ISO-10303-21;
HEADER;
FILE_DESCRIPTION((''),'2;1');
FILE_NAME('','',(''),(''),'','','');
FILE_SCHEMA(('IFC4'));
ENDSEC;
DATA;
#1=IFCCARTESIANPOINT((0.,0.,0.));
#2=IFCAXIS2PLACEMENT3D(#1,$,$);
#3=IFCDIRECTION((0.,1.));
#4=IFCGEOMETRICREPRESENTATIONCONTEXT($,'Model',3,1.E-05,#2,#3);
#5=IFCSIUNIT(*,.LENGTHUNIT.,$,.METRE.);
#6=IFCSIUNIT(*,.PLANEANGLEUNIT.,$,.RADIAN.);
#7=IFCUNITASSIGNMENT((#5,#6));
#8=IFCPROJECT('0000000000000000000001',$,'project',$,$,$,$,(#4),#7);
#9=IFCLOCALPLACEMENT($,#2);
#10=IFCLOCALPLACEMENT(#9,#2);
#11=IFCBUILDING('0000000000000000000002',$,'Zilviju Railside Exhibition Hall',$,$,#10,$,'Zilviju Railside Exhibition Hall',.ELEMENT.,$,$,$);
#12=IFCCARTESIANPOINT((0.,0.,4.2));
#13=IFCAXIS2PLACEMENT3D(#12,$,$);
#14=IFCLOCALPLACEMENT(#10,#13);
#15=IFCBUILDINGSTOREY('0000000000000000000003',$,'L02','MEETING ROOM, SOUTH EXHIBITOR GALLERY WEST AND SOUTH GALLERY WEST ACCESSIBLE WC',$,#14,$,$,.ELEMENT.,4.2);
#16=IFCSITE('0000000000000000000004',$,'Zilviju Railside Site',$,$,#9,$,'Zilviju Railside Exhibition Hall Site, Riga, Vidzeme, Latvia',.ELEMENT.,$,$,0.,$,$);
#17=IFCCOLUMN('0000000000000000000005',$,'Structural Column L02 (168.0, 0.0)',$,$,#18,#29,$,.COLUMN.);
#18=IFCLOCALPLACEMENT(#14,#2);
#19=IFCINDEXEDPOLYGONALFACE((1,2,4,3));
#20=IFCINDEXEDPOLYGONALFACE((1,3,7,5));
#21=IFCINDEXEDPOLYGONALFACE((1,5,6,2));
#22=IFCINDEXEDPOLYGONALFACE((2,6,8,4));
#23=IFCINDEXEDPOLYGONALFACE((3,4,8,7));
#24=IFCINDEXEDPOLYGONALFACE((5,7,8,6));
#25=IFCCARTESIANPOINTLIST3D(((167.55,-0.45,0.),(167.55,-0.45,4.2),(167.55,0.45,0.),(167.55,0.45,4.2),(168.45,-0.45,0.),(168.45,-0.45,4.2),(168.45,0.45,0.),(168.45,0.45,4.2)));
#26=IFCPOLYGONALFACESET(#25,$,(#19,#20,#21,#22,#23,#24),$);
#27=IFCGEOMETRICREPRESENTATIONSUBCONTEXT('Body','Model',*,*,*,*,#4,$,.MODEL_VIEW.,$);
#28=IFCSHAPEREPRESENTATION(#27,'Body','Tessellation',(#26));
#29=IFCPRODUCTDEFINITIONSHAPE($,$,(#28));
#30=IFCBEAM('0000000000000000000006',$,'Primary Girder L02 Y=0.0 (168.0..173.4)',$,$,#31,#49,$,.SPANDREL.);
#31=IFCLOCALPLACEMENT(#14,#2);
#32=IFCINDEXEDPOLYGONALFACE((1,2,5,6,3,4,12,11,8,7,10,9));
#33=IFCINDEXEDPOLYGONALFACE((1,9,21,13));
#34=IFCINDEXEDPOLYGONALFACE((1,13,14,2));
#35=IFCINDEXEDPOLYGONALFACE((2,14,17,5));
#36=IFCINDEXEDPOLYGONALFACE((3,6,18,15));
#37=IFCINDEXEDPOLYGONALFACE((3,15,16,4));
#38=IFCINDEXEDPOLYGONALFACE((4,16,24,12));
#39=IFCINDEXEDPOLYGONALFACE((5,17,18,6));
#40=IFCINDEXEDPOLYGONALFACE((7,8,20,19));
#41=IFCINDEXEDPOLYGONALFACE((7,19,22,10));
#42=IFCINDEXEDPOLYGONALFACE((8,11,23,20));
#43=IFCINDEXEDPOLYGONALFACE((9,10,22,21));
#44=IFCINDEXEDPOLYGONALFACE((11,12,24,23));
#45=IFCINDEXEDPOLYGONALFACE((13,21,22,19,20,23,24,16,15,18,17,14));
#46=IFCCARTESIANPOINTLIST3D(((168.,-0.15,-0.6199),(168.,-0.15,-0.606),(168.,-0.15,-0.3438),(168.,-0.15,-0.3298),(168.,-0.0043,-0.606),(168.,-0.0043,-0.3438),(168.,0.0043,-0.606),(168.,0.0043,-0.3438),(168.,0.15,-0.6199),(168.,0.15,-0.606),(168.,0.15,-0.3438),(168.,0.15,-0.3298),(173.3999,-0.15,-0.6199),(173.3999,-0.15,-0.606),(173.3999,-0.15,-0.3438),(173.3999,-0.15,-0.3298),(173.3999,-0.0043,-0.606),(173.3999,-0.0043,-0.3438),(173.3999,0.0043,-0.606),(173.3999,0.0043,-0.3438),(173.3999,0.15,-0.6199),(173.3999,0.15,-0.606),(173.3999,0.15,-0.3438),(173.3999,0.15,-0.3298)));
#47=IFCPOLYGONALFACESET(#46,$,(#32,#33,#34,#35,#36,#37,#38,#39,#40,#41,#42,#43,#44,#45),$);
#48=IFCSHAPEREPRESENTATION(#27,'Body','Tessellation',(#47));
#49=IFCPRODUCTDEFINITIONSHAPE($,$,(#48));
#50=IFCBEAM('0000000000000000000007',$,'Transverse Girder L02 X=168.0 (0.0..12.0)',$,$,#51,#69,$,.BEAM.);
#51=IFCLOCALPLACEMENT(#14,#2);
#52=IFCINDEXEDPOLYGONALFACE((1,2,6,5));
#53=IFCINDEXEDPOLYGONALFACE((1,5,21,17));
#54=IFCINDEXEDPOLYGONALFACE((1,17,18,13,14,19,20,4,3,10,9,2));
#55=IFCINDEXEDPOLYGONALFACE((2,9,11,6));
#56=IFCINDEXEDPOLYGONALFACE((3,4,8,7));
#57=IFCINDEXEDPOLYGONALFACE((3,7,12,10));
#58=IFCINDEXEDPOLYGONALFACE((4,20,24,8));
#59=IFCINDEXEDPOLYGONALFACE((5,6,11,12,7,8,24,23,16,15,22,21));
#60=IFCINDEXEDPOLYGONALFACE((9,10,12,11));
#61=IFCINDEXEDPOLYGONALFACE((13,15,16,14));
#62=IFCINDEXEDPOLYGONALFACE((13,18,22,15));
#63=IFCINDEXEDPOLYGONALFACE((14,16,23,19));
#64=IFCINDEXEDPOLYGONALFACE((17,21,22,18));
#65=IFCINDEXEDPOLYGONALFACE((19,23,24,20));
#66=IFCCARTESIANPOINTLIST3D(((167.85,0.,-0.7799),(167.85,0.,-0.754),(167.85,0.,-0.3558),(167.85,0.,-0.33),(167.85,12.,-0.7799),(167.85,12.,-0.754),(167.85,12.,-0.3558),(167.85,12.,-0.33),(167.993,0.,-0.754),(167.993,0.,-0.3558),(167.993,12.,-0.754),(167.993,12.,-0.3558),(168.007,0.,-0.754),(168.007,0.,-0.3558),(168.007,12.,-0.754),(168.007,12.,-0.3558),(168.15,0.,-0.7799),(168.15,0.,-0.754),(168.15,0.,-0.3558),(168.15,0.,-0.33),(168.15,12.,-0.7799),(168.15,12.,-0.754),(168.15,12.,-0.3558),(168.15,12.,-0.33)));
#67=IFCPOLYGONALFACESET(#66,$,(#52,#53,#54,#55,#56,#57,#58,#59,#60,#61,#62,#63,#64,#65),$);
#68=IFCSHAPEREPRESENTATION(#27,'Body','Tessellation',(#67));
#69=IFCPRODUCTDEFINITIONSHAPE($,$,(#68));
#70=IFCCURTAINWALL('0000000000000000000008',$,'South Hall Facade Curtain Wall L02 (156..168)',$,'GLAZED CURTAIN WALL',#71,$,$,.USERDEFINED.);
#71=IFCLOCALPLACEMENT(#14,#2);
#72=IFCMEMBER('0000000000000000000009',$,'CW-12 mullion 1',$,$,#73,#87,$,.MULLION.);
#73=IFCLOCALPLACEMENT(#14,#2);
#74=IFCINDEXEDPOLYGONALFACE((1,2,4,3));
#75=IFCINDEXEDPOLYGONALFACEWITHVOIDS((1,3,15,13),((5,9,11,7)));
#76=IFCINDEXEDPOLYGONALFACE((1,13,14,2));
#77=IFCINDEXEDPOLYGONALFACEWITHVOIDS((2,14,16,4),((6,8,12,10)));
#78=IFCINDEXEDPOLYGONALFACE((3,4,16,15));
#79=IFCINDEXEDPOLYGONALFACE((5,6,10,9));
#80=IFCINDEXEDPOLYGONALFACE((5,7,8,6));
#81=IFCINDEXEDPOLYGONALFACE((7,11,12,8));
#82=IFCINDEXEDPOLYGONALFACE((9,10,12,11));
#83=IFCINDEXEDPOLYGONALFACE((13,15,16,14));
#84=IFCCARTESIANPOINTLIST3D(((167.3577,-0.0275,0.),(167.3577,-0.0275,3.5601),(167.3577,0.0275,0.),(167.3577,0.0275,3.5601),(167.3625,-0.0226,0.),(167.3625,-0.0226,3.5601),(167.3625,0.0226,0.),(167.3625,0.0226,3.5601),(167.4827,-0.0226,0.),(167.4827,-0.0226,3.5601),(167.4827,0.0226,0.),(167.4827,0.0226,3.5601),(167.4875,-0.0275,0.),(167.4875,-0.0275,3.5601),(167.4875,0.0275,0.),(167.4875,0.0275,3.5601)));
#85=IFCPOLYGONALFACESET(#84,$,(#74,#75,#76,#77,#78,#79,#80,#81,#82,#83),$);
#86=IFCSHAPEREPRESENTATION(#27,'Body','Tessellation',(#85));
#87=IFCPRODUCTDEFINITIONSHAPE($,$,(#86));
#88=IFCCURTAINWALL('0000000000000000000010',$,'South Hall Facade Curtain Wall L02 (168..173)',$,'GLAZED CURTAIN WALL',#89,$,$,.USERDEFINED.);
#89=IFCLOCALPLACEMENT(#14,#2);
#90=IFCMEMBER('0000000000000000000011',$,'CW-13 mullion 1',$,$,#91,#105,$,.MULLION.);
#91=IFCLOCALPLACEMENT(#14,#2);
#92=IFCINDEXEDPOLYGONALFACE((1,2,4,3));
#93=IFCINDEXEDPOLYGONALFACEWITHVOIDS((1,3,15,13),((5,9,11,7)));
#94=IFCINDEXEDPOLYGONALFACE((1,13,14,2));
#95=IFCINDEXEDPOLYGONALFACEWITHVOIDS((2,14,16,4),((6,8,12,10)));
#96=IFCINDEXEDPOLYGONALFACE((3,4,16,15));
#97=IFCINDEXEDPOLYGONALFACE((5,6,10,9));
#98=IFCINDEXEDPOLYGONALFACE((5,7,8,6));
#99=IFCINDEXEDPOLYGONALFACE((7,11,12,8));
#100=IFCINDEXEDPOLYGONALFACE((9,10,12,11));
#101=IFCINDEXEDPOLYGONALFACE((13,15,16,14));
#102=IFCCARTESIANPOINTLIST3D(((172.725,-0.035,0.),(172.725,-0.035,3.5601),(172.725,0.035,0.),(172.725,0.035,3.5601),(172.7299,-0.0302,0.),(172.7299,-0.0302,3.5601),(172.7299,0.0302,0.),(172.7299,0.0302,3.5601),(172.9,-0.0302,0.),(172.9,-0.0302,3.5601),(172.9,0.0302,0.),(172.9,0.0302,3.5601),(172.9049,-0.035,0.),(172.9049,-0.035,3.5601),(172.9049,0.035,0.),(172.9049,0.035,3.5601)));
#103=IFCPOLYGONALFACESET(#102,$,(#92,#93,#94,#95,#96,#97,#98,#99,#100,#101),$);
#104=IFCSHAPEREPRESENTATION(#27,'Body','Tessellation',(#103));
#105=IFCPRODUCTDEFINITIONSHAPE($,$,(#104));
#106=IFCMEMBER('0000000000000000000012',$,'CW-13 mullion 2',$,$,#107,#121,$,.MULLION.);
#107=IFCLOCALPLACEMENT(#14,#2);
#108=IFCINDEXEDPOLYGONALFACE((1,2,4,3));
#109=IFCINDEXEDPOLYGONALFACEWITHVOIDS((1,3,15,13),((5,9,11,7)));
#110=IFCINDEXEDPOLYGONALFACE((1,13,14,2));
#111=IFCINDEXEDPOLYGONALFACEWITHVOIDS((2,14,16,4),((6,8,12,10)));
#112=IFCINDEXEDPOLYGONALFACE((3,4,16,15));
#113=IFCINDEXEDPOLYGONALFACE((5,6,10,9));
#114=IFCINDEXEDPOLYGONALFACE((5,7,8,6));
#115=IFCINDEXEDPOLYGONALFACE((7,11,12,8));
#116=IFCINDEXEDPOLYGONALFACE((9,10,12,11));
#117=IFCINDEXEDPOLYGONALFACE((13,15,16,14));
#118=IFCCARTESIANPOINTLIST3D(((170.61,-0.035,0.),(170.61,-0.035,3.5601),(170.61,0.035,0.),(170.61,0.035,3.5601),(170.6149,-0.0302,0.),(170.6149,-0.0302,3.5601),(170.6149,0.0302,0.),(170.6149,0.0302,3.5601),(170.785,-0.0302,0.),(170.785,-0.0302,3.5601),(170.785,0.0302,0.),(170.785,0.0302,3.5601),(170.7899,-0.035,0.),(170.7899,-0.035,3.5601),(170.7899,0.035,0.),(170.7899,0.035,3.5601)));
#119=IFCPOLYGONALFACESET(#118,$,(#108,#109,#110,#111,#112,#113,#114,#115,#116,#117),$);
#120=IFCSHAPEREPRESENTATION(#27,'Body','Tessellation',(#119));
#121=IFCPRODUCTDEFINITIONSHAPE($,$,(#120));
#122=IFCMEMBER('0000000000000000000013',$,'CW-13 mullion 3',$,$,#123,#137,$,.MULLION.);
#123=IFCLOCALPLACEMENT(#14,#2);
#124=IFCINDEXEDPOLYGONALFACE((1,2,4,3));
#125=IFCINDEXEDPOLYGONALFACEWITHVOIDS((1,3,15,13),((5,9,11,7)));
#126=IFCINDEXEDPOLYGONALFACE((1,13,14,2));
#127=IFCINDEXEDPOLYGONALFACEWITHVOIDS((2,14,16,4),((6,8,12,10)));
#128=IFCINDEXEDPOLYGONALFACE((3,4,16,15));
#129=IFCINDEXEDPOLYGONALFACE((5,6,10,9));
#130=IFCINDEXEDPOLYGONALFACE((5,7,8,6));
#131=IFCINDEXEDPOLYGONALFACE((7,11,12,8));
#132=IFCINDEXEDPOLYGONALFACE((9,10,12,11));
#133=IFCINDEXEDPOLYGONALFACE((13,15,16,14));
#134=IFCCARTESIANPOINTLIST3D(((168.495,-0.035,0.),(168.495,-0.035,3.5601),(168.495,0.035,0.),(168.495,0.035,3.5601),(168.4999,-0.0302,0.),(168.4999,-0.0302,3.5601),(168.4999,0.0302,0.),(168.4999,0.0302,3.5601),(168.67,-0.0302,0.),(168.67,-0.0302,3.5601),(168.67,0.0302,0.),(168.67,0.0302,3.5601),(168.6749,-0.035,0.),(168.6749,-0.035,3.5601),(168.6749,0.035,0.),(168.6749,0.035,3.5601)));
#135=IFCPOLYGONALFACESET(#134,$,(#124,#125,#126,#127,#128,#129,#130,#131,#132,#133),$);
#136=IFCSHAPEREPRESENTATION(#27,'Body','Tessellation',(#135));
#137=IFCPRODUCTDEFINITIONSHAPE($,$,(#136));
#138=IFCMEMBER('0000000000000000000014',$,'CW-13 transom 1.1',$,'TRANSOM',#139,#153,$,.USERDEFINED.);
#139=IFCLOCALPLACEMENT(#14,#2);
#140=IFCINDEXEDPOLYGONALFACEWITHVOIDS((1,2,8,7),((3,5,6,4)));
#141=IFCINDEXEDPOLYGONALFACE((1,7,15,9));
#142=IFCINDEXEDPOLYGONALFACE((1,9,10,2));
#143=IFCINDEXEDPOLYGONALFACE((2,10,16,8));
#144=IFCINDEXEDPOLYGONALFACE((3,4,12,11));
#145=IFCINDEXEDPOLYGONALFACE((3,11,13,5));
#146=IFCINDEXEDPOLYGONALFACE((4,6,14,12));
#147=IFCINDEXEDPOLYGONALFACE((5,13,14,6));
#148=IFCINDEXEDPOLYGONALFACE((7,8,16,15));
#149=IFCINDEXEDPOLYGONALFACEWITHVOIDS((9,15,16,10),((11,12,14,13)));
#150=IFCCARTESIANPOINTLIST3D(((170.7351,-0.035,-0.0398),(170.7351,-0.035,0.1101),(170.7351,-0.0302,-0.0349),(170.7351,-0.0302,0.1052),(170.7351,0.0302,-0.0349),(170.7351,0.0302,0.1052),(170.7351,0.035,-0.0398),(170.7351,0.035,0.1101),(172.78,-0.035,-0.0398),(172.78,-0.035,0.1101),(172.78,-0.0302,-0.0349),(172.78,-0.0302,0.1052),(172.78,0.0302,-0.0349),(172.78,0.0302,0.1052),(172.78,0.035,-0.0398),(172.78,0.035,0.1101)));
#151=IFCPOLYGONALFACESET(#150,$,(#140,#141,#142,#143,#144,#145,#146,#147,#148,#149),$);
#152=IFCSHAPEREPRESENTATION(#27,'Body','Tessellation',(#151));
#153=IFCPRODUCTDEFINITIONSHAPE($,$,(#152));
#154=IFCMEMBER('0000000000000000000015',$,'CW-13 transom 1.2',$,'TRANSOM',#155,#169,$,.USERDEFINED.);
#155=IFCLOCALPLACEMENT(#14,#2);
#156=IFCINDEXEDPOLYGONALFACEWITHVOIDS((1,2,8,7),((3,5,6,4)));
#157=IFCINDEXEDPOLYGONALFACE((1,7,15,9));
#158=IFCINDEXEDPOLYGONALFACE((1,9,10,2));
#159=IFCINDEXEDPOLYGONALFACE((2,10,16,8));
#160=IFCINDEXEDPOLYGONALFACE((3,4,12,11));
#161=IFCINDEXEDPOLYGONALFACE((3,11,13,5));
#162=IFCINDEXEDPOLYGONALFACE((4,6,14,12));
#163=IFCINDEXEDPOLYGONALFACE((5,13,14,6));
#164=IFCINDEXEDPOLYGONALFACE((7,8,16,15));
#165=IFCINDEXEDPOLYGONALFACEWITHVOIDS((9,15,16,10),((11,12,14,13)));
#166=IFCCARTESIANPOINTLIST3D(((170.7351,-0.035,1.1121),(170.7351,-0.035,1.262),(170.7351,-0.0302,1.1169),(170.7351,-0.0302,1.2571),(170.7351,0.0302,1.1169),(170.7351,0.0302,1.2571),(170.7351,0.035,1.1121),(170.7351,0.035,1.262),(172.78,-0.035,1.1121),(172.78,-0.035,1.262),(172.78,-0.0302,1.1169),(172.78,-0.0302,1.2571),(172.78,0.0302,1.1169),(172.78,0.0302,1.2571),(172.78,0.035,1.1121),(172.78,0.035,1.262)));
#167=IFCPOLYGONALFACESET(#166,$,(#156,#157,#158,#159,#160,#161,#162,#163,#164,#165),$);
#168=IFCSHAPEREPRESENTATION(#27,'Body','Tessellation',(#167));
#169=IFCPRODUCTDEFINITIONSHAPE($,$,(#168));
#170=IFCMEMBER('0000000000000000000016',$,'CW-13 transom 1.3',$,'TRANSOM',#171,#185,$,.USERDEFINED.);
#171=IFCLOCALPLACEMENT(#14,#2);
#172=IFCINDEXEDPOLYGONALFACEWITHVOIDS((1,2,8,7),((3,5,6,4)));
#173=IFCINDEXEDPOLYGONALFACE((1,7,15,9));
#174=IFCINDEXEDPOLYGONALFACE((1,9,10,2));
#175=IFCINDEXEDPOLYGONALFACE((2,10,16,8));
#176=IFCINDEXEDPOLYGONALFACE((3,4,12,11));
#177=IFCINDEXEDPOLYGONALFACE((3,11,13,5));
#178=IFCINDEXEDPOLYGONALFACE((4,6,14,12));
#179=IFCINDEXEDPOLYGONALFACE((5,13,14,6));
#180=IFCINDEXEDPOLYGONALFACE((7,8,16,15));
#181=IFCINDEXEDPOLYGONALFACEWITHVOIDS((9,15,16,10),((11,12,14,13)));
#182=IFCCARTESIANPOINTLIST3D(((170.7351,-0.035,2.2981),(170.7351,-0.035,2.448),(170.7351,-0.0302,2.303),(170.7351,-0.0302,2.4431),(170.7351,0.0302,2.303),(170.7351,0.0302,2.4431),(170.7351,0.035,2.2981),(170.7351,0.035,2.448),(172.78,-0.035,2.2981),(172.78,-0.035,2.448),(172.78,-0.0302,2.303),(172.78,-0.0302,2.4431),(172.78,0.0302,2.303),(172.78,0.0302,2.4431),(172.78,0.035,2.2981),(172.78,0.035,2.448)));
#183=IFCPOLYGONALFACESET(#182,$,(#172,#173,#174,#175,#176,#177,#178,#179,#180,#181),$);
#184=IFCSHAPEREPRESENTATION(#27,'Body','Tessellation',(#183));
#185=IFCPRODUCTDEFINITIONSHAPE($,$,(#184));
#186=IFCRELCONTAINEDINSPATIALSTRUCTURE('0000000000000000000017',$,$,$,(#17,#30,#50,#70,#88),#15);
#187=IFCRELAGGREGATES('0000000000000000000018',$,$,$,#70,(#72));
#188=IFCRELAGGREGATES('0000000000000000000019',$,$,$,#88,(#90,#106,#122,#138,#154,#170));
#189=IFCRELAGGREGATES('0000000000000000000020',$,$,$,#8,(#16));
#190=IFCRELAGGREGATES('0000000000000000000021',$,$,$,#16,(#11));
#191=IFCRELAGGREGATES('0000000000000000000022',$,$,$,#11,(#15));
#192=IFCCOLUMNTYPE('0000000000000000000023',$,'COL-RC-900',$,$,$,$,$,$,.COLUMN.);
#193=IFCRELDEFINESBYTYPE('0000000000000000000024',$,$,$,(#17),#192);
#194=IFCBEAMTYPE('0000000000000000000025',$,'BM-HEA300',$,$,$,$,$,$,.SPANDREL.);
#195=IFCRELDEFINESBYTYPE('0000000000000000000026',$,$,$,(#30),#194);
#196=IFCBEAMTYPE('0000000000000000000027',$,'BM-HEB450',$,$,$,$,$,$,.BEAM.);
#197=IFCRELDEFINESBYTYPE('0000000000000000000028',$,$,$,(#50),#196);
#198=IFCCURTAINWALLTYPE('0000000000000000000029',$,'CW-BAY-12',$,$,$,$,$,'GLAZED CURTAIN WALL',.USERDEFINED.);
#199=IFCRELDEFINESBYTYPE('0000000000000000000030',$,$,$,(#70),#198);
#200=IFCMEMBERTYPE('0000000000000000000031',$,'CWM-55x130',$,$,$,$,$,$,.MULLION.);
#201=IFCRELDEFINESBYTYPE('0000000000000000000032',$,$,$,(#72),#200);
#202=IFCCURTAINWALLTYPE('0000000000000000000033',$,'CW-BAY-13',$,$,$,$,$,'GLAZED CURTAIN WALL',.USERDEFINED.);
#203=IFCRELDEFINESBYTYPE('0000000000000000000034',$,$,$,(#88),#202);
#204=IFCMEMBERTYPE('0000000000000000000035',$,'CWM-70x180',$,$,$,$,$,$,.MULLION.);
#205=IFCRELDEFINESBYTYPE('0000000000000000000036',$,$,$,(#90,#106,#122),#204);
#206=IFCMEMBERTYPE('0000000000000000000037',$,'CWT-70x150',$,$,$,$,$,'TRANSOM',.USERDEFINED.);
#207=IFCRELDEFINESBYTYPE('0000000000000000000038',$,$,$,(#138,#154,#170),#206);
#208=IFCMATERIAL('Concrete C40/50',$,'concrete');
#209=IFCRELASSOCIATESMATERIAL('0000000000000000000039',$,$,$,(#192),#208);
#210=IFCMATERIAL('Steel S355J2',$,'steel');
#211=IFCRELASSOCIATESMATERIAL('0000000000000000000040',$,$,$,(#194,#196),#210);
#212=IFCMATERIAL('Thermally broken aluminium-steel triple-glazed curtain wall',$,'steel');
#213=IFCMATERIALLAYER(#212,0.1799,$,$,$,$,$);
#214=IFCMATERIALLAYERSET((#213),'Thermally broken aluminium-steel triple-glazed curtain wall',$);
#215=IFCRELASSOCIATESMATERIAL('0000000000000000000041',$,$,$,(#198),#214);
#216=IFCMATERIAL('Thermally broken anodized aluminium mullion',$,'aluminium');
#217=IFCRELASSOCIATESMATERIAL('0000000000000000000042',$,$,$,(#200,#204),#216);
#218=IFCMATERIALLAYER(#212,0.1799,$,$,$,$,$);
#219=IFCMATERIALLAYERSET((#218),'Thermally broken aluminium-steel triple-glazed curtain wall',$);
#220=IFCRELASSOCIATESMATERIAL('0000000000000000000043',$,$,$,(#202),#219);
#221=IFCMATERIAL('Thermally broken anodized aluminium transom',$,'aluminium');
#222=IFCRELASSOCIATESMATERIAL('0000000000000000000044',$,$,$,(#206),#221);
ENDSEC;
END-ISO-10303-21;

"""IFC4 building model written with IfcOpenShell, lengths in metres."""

from ifc_helpers import new_model, si_unit, direction, frame, origin, origin_2d, place, context, subcontext, project, spatial, rectangle, hollow_rectangle, i_section, extrude, material, layer, layer_set, material_profile, profile_set, type_object, element, aggregate, save


model = new_model("IFC4")

# Units and contexts
model_context = context("Model", 3, precision=1e-05, world=origin(), true_north=direction((0.0, 1.0)))
body_context = subcontext(model_context, "Body", "Model", "MODEL_VIEW")
ifc_project = project(units=[si_unit("LENGTHUNIT", "METRE"), si_unit("PLANEANGLEUNIT", "RADIAN")], contexts=[model_context])

# Site, building, storey
site_placement = place(None, origin())
site = spatial("IfcSite", under=ifc_project, at=site_placement, Name="Zilviju Railside Site", LongName="Zilviju Railside Exhibition Hall Site, Riga, Vidzeme, Latvia", CompositionType="ELEMENT", RefElevation=0.0)
building_placement = place(site_placement, origin())
building = spatial("IfcBuilding", under=site, at=building_placement, Name="Zilviju Railside Exhibition Hall", LongName="Zilviju Railside Exhibition Hall", CompositionType="ELEMENT")
storey_placement = place(building_placement, frame((0.0, 0.0, 4.2)))
storey = spatial("IfcBuildingStorey", under=building, at=storey_placement, Name="L02", Description="MEETING ROOM, SOUTH EXHIBITOR GALLERY WEST AND SOUTH GALLERY WEST ACCESSIBLE WC", CompositionType="ELEMENT", Elevation=4.2)

# Column
ifc_material_1 = material(Name="Concrete C40/50", Category="concrete")
ifc_material_profile_1 = material_profile(ifc_material_1, rectangle(XDim=0.8999, YDim=0.8999, at=origin_2d()), Name="RC COL 900x900")
ifc_profile_set_1 = profile_set([ifc_material_profile_1], Name="Concrete C40/50")
column_type = type_object("IfcColumnType", Name="COL-RC-900", PredefinedType="COLUMN", material=ifc_profile_set_1)
column_placement = place(storey_placement, frame((168.0, 0.0, 0.0), z_axis=(0.0, 0.0, 1.0), x_axis=(1.0, 0.0, 0.0)))
element("IfcColumn", 1, at=column_placement, inside=storey, type_object=column_type, Name="Structural Column L02 (168.0, 0.0)", PredefinedType="COLUMN", context=body_context, shape_type="SweptSolid", body=[
    extrude(rectangle(XDim=0.8999, YDim=0.8999, at=origin_2d()), origin(), (0.0, 0.0, 1.0), 4.2),
])

# Beams
ifc_material_2 = material(Name="Steel S355J2", Category="steel")
ifc_material_profile_2 = material_profile(ifc_material_2, i_section(OverallWidth=0.3, OverallDepth=0.29, WebThickness=0.0085, FlangeThickness=0.0139, at=origin_2d()), Name="HEA 300")
ifc_profile_set_2 = profile_set([ifc_material_profile_2], Name="Steel S355J2")
beam_type_1 = type_object("IfcBeamType", Name="BM-HEA300", PredefinedType="SPANDREL", material=ifc_profile_set_2)
beam_1_placement = place(storey_placement, frame((168.0, 0.0, -0.4749), z_axis=(1.0, 0.0, 0.0), x_axis=(0.0, 1.0, 0.0)))
element("IfcBeam", 2, at=beam_1_placement, inside=storey, type_object=beam_type_1, Name="Primary Girder L02 Y=0.0 (168.0..173.4)", PredefinedType="SPANDREL", context=body_context, shape_type="SweptSolid", body=[
    extrude(i_section(OverallWidth=0.3, OverallDepth=0.29, WebThickness=0.0085, FlangeThickness=0.0139, at=origin_2d()), origin(), (0.0, 0.0, 1.0), 5.3999),
])
ifc_material_profile_3 = material_profile(ifc_material_2, i_section(OverallWidth=0.3, OverallDepth=0.45, WebThickness=0.0139, FlangeThickness=0.0259, at=origin_2d()), Name="HEB 450")
ifc_profile_set_3 = profile_set([ifc_material_profile_3], Name="Steel S355J2")
beam_type_2 = type_object("IfcBeamType", Name="BM-HEB450", PredefinedType="BEAM", material=ifc_profile_set_3)
beam_2_placement = place(storey_placement, frame((168.0, 0.0, -0.5549), z_axis=(0.0, 1.0, 0.0), x_axis=(-1.0, 0.0, 0.0)))
element("IfcBeam", 3, at=beam_2_placement, inside=storey, type_object=beam_type_2, Name="Transverse Girder L02 X=168.0 (0.0..12.0)", PredefinedType="BEAM", context=body_context, shape_type="SweptSolid", body=[
    extrude(i_section(OverallWidth=0.3, OverallDepth=0.45, WebThickness=0.0139, FlangeThickness=0.0259, at=origin_2d()), origin(), (0.0, 0.0, 1.0), 12.0),
])

# Curtain wall, member
ifc_material_3 = material(Name="Thermally broken aluminium-steel triple-glazed curtain wall", Category="steel")
ifc_layer_1 = layer(ifc_material_3, 0.1799)
ifc_layer_set_1 = layer_set([ifc_layer_1], Name="Thermally broken aluminium-steel triple-glazed curtain wall")
curtain_wall_type_1 = type_object("IfcCurtainWallType", Name="CW-BAY-12", ElementType="GLAZED CURTAIN WALL", PredefinedType="USERDEFINED", material=ifc_layer_set_1)
curtain_wall_1_placement = place(storey_placement, origin())
curtain_wall_1 = element("IfcCurtainWall", 4, at=curtain_wall_1_placement, inside=storey, type_object=curtain_wall_type_1, Name="South Hall Facade Curtain Wall L02 (156..168)", ObjectType="GLAZED CURTAIN WALL", PredefinedType="USERDEFINED")
ifc_material_4 = material(Name="Thermally broken anodized aluminium mullion", Category="aluminium")
ifc_material_profile_4 = material_profile(ifc_material_4, hollow_rectangle(XDim=0.0549, YDim=0.1299, WallThickness=0.0049, at=origin_2d()), Name="MULLION 130x55x5")
ifc_profile_set_4 = profile_set([ifc_material_profile_4], Name="Thermally broken anodized aluminium mullion")
member_type_1 = type_object("IfcMemberType", Name="CWM-55x130", PredefinedType="MULLION", material=ifc_profile_set_4)
member_1_placement = place(storey_placement, frame((167.4226, 0.0, 0.0), z_axis=(0.0, 0.0, 1.0), x_axis=(0.0, -1.0, 0.0)))
member_1 = element("IfcMember", 5, at=member_1_placement, type_object=member_type_1, Name="CW-12 mullion 1", PredefinedType="MULLION", context=body_context, shape_type="SweptSolid", body=[
    extrude(hollow_rectangle(XDim=0.0549, YDim=0.1299, WallThickness=0.0049, at=origin_2d()), origin(), (0.0, 0.0, 1.0), 3.5601),
])
aggregate(curtain_wall_1, [member_1])

# Curtain wall, members
ifc_layer_2 = layer(ifc_material_3, 0.1799)
ifc_layer_set_2 = layer_set([ifc_layer_2], Name="Thermally broken aluminium-steel triple-glazed curtain wall")
curtain_wall_type_2 = type_object("IfcCurtainWallType", Name="CW-BAY-13", ElementType="GLAZED CURTAIN WALL", PredefinedType="USERDEFINED", material=ifc_layer_set_2)
curtain_wall_2_placement = place(storey_placement, origin())
curtain_wall_2 = element("IfcCurtainWall", 6, at=curtain_wall_2_placement, inside=storey, type_object=curtain_wall_type_2, Name="South Hall Facade Curtain Wall L02 (168..173)", ObjectType="GLAZED CURTAIN WALL", PredefinedType="USERDEFINED")
ifc_material_profile_5 = material_profile(ifc_material_4, hollow_rectangle(XDim=0.0701, YDim=0.1799, WallThickness=0.0049, at=origin_2d()), Name="MULLION 180x70x5")
ifc_profile_set_5 = profile_set([ifc_material_profile_5], Name="Thermally broken anodized aluminium mullion")
member_type_2 = type_object("IfcMemberType", Name="CWM-70x180", PredefinedType="MULLION", material=ifc_profile_set_5)
member_2_placement = place(storey_placement, frame((172.8149, 0.0, 0.0), z_axis=(0.0, 0.0, 1.0), x_axis=(0.0, -1.0, 0.0)))
member_2 = element("IfcMember", 7, at=member_2_placement, type_object=member_type_2, Name="CW-13 mullion 1", PredefinedType="MULLION", context=body_context, shape_type="SweptSolid", body=[
    extrude(hollow_rectangle(XDim=0.0701, YDim=0.1799, WallThickness=0.0049, at=origin_2d()), origin(), (0.0, 0.0, 1.0), 3.5601),
])
member_3_placement = place(storey_placement, frame((170.7, 0.0, 0.0), z_axis=(0.0, 0.0, 1.0), x_axis=(0.0, -1.0, 0.0)))
member_3 = element("IfcMember", 8, at=member_3_placement, type_object=member_type_2, Name="CW-13 mullion 2", PredefinedType="MULLION", context=body_context, shape_type="SweptSolid", body=[
    extrude(hollow_rectangle(XDim=0.0701, YDim=0.1799, WallThickness=0.0049, at=origin_2d()), origin(), (0.0, 0.0, 1.0), 3.5601),
])
member_4_placement = place(storey_placement, frame((168.585, 0.0, 0.0), z_axis=(0.0, 0.0, 1.0), x_axis=(0.0, -1.0, 0.0)))
member_4 = element("IfcMember", 9, at=member_4_placement, type_object=member_type_2, Name="CW-13 mullion 3", PredefinedType="MULLION", context=body_context, shape_type="SweptSolid", body=[
    extrude(hollow_rectangle(XDim=0.0701, YDim=0.1799, WallThickness=0.0049, at=origin_2d()), origin(), (0.0, 0.0, 1.0), 3.5601),
])
ifc_material_5 = material(Name="Thermally broken anodized aluminium transom", Category="aluminium")
ifc_material_profile_6 = material_profile(ifc_material_5, hollow_rectangle(XDim=0.0701, YDim=0.1499, WallThickness=0.0049, at=origin_2d()), Name="TRANSOM 150x70x5")
ifc_profile_set_6 = profile_set([ifc_material_profile_6], Name="Thermally broken anodized aluminium transom")
member_type_3 = type_object("IfcMemberType", Name="CWT-70x150", ElementType="TRANSOM", PredefinedType="USERDEFINED", material=ifc_profile_set_6)
member_5_placement = place(storey_placement, frame((172.78, 0.0, 0.0352), z_axis=(-1.0, 0.0, 0.0), x_axis=(0.0, -1.0, 0.0)))
member_5 = element("IfcMember", 10, at=member_5_placement, type_object=member_type_3, Name="CW-13 transom 1.1", ObjectType="TRANSOM", PredefinedType="USERDEFINED", context=body_context, shape_type="SweptSolid", body=[
    extrude(hollow_rectangle(XDim=0.0701, YDim=0.1499, WallThickness=0.0049, at=origin_2d()), origin(), (0.0, 0.0, 1.0), 2.0449),
])
member_6_placement = place(storey_placement, frame((172.78, 0.0, 1.187), z_axis=(-1.0, 0.0, 0.0), x_axis=(0.0, -1.0, 0.0)))
member_6 = element("IfcMember", 11, at=member_6_placement, type_object=member_type_3, Name="CW-13 transom 1.2", ObjectType="TRANSOM", PredefinedType="USERDEFINED", context=body_context, shape_type="SweptSolid", body=[
    extrude(hollow_rectangle(XDim=0.0701, YDim=0.1499, WallThickness=0.0049, at=origin_2d()), origin(), (0.0, 0.0, 1.0), 2.0449),
])
member_7_placement = place(storey_placement, frame((172.78, 0.0, 2.373), z_axis=(-1.0, 0.0, 0.0), x_axis=(0.0, -1.0, 0.0)))
member_7 = element("IfcMember", 12, at=member_7_placement, type_object=member_type_3, Name="CW-13 transom 1.3", ObjectType="TRANSOM", PredefinedType="USERDEFINED", context=body_context, shape_type="SweptSolid", body=[
    extrude(hollow_rectangle(XDim=0.0701, YDim=0.1499, WallThickness=0.0049, at=origin_2d()), origin(), (0.0, 0.0, 1.0), 2.0449),
])
aggregate(curtain_wall_2, [member_2, member_3, member_4, member_5, member_6, member_7])

save(model, "model.ifc")
